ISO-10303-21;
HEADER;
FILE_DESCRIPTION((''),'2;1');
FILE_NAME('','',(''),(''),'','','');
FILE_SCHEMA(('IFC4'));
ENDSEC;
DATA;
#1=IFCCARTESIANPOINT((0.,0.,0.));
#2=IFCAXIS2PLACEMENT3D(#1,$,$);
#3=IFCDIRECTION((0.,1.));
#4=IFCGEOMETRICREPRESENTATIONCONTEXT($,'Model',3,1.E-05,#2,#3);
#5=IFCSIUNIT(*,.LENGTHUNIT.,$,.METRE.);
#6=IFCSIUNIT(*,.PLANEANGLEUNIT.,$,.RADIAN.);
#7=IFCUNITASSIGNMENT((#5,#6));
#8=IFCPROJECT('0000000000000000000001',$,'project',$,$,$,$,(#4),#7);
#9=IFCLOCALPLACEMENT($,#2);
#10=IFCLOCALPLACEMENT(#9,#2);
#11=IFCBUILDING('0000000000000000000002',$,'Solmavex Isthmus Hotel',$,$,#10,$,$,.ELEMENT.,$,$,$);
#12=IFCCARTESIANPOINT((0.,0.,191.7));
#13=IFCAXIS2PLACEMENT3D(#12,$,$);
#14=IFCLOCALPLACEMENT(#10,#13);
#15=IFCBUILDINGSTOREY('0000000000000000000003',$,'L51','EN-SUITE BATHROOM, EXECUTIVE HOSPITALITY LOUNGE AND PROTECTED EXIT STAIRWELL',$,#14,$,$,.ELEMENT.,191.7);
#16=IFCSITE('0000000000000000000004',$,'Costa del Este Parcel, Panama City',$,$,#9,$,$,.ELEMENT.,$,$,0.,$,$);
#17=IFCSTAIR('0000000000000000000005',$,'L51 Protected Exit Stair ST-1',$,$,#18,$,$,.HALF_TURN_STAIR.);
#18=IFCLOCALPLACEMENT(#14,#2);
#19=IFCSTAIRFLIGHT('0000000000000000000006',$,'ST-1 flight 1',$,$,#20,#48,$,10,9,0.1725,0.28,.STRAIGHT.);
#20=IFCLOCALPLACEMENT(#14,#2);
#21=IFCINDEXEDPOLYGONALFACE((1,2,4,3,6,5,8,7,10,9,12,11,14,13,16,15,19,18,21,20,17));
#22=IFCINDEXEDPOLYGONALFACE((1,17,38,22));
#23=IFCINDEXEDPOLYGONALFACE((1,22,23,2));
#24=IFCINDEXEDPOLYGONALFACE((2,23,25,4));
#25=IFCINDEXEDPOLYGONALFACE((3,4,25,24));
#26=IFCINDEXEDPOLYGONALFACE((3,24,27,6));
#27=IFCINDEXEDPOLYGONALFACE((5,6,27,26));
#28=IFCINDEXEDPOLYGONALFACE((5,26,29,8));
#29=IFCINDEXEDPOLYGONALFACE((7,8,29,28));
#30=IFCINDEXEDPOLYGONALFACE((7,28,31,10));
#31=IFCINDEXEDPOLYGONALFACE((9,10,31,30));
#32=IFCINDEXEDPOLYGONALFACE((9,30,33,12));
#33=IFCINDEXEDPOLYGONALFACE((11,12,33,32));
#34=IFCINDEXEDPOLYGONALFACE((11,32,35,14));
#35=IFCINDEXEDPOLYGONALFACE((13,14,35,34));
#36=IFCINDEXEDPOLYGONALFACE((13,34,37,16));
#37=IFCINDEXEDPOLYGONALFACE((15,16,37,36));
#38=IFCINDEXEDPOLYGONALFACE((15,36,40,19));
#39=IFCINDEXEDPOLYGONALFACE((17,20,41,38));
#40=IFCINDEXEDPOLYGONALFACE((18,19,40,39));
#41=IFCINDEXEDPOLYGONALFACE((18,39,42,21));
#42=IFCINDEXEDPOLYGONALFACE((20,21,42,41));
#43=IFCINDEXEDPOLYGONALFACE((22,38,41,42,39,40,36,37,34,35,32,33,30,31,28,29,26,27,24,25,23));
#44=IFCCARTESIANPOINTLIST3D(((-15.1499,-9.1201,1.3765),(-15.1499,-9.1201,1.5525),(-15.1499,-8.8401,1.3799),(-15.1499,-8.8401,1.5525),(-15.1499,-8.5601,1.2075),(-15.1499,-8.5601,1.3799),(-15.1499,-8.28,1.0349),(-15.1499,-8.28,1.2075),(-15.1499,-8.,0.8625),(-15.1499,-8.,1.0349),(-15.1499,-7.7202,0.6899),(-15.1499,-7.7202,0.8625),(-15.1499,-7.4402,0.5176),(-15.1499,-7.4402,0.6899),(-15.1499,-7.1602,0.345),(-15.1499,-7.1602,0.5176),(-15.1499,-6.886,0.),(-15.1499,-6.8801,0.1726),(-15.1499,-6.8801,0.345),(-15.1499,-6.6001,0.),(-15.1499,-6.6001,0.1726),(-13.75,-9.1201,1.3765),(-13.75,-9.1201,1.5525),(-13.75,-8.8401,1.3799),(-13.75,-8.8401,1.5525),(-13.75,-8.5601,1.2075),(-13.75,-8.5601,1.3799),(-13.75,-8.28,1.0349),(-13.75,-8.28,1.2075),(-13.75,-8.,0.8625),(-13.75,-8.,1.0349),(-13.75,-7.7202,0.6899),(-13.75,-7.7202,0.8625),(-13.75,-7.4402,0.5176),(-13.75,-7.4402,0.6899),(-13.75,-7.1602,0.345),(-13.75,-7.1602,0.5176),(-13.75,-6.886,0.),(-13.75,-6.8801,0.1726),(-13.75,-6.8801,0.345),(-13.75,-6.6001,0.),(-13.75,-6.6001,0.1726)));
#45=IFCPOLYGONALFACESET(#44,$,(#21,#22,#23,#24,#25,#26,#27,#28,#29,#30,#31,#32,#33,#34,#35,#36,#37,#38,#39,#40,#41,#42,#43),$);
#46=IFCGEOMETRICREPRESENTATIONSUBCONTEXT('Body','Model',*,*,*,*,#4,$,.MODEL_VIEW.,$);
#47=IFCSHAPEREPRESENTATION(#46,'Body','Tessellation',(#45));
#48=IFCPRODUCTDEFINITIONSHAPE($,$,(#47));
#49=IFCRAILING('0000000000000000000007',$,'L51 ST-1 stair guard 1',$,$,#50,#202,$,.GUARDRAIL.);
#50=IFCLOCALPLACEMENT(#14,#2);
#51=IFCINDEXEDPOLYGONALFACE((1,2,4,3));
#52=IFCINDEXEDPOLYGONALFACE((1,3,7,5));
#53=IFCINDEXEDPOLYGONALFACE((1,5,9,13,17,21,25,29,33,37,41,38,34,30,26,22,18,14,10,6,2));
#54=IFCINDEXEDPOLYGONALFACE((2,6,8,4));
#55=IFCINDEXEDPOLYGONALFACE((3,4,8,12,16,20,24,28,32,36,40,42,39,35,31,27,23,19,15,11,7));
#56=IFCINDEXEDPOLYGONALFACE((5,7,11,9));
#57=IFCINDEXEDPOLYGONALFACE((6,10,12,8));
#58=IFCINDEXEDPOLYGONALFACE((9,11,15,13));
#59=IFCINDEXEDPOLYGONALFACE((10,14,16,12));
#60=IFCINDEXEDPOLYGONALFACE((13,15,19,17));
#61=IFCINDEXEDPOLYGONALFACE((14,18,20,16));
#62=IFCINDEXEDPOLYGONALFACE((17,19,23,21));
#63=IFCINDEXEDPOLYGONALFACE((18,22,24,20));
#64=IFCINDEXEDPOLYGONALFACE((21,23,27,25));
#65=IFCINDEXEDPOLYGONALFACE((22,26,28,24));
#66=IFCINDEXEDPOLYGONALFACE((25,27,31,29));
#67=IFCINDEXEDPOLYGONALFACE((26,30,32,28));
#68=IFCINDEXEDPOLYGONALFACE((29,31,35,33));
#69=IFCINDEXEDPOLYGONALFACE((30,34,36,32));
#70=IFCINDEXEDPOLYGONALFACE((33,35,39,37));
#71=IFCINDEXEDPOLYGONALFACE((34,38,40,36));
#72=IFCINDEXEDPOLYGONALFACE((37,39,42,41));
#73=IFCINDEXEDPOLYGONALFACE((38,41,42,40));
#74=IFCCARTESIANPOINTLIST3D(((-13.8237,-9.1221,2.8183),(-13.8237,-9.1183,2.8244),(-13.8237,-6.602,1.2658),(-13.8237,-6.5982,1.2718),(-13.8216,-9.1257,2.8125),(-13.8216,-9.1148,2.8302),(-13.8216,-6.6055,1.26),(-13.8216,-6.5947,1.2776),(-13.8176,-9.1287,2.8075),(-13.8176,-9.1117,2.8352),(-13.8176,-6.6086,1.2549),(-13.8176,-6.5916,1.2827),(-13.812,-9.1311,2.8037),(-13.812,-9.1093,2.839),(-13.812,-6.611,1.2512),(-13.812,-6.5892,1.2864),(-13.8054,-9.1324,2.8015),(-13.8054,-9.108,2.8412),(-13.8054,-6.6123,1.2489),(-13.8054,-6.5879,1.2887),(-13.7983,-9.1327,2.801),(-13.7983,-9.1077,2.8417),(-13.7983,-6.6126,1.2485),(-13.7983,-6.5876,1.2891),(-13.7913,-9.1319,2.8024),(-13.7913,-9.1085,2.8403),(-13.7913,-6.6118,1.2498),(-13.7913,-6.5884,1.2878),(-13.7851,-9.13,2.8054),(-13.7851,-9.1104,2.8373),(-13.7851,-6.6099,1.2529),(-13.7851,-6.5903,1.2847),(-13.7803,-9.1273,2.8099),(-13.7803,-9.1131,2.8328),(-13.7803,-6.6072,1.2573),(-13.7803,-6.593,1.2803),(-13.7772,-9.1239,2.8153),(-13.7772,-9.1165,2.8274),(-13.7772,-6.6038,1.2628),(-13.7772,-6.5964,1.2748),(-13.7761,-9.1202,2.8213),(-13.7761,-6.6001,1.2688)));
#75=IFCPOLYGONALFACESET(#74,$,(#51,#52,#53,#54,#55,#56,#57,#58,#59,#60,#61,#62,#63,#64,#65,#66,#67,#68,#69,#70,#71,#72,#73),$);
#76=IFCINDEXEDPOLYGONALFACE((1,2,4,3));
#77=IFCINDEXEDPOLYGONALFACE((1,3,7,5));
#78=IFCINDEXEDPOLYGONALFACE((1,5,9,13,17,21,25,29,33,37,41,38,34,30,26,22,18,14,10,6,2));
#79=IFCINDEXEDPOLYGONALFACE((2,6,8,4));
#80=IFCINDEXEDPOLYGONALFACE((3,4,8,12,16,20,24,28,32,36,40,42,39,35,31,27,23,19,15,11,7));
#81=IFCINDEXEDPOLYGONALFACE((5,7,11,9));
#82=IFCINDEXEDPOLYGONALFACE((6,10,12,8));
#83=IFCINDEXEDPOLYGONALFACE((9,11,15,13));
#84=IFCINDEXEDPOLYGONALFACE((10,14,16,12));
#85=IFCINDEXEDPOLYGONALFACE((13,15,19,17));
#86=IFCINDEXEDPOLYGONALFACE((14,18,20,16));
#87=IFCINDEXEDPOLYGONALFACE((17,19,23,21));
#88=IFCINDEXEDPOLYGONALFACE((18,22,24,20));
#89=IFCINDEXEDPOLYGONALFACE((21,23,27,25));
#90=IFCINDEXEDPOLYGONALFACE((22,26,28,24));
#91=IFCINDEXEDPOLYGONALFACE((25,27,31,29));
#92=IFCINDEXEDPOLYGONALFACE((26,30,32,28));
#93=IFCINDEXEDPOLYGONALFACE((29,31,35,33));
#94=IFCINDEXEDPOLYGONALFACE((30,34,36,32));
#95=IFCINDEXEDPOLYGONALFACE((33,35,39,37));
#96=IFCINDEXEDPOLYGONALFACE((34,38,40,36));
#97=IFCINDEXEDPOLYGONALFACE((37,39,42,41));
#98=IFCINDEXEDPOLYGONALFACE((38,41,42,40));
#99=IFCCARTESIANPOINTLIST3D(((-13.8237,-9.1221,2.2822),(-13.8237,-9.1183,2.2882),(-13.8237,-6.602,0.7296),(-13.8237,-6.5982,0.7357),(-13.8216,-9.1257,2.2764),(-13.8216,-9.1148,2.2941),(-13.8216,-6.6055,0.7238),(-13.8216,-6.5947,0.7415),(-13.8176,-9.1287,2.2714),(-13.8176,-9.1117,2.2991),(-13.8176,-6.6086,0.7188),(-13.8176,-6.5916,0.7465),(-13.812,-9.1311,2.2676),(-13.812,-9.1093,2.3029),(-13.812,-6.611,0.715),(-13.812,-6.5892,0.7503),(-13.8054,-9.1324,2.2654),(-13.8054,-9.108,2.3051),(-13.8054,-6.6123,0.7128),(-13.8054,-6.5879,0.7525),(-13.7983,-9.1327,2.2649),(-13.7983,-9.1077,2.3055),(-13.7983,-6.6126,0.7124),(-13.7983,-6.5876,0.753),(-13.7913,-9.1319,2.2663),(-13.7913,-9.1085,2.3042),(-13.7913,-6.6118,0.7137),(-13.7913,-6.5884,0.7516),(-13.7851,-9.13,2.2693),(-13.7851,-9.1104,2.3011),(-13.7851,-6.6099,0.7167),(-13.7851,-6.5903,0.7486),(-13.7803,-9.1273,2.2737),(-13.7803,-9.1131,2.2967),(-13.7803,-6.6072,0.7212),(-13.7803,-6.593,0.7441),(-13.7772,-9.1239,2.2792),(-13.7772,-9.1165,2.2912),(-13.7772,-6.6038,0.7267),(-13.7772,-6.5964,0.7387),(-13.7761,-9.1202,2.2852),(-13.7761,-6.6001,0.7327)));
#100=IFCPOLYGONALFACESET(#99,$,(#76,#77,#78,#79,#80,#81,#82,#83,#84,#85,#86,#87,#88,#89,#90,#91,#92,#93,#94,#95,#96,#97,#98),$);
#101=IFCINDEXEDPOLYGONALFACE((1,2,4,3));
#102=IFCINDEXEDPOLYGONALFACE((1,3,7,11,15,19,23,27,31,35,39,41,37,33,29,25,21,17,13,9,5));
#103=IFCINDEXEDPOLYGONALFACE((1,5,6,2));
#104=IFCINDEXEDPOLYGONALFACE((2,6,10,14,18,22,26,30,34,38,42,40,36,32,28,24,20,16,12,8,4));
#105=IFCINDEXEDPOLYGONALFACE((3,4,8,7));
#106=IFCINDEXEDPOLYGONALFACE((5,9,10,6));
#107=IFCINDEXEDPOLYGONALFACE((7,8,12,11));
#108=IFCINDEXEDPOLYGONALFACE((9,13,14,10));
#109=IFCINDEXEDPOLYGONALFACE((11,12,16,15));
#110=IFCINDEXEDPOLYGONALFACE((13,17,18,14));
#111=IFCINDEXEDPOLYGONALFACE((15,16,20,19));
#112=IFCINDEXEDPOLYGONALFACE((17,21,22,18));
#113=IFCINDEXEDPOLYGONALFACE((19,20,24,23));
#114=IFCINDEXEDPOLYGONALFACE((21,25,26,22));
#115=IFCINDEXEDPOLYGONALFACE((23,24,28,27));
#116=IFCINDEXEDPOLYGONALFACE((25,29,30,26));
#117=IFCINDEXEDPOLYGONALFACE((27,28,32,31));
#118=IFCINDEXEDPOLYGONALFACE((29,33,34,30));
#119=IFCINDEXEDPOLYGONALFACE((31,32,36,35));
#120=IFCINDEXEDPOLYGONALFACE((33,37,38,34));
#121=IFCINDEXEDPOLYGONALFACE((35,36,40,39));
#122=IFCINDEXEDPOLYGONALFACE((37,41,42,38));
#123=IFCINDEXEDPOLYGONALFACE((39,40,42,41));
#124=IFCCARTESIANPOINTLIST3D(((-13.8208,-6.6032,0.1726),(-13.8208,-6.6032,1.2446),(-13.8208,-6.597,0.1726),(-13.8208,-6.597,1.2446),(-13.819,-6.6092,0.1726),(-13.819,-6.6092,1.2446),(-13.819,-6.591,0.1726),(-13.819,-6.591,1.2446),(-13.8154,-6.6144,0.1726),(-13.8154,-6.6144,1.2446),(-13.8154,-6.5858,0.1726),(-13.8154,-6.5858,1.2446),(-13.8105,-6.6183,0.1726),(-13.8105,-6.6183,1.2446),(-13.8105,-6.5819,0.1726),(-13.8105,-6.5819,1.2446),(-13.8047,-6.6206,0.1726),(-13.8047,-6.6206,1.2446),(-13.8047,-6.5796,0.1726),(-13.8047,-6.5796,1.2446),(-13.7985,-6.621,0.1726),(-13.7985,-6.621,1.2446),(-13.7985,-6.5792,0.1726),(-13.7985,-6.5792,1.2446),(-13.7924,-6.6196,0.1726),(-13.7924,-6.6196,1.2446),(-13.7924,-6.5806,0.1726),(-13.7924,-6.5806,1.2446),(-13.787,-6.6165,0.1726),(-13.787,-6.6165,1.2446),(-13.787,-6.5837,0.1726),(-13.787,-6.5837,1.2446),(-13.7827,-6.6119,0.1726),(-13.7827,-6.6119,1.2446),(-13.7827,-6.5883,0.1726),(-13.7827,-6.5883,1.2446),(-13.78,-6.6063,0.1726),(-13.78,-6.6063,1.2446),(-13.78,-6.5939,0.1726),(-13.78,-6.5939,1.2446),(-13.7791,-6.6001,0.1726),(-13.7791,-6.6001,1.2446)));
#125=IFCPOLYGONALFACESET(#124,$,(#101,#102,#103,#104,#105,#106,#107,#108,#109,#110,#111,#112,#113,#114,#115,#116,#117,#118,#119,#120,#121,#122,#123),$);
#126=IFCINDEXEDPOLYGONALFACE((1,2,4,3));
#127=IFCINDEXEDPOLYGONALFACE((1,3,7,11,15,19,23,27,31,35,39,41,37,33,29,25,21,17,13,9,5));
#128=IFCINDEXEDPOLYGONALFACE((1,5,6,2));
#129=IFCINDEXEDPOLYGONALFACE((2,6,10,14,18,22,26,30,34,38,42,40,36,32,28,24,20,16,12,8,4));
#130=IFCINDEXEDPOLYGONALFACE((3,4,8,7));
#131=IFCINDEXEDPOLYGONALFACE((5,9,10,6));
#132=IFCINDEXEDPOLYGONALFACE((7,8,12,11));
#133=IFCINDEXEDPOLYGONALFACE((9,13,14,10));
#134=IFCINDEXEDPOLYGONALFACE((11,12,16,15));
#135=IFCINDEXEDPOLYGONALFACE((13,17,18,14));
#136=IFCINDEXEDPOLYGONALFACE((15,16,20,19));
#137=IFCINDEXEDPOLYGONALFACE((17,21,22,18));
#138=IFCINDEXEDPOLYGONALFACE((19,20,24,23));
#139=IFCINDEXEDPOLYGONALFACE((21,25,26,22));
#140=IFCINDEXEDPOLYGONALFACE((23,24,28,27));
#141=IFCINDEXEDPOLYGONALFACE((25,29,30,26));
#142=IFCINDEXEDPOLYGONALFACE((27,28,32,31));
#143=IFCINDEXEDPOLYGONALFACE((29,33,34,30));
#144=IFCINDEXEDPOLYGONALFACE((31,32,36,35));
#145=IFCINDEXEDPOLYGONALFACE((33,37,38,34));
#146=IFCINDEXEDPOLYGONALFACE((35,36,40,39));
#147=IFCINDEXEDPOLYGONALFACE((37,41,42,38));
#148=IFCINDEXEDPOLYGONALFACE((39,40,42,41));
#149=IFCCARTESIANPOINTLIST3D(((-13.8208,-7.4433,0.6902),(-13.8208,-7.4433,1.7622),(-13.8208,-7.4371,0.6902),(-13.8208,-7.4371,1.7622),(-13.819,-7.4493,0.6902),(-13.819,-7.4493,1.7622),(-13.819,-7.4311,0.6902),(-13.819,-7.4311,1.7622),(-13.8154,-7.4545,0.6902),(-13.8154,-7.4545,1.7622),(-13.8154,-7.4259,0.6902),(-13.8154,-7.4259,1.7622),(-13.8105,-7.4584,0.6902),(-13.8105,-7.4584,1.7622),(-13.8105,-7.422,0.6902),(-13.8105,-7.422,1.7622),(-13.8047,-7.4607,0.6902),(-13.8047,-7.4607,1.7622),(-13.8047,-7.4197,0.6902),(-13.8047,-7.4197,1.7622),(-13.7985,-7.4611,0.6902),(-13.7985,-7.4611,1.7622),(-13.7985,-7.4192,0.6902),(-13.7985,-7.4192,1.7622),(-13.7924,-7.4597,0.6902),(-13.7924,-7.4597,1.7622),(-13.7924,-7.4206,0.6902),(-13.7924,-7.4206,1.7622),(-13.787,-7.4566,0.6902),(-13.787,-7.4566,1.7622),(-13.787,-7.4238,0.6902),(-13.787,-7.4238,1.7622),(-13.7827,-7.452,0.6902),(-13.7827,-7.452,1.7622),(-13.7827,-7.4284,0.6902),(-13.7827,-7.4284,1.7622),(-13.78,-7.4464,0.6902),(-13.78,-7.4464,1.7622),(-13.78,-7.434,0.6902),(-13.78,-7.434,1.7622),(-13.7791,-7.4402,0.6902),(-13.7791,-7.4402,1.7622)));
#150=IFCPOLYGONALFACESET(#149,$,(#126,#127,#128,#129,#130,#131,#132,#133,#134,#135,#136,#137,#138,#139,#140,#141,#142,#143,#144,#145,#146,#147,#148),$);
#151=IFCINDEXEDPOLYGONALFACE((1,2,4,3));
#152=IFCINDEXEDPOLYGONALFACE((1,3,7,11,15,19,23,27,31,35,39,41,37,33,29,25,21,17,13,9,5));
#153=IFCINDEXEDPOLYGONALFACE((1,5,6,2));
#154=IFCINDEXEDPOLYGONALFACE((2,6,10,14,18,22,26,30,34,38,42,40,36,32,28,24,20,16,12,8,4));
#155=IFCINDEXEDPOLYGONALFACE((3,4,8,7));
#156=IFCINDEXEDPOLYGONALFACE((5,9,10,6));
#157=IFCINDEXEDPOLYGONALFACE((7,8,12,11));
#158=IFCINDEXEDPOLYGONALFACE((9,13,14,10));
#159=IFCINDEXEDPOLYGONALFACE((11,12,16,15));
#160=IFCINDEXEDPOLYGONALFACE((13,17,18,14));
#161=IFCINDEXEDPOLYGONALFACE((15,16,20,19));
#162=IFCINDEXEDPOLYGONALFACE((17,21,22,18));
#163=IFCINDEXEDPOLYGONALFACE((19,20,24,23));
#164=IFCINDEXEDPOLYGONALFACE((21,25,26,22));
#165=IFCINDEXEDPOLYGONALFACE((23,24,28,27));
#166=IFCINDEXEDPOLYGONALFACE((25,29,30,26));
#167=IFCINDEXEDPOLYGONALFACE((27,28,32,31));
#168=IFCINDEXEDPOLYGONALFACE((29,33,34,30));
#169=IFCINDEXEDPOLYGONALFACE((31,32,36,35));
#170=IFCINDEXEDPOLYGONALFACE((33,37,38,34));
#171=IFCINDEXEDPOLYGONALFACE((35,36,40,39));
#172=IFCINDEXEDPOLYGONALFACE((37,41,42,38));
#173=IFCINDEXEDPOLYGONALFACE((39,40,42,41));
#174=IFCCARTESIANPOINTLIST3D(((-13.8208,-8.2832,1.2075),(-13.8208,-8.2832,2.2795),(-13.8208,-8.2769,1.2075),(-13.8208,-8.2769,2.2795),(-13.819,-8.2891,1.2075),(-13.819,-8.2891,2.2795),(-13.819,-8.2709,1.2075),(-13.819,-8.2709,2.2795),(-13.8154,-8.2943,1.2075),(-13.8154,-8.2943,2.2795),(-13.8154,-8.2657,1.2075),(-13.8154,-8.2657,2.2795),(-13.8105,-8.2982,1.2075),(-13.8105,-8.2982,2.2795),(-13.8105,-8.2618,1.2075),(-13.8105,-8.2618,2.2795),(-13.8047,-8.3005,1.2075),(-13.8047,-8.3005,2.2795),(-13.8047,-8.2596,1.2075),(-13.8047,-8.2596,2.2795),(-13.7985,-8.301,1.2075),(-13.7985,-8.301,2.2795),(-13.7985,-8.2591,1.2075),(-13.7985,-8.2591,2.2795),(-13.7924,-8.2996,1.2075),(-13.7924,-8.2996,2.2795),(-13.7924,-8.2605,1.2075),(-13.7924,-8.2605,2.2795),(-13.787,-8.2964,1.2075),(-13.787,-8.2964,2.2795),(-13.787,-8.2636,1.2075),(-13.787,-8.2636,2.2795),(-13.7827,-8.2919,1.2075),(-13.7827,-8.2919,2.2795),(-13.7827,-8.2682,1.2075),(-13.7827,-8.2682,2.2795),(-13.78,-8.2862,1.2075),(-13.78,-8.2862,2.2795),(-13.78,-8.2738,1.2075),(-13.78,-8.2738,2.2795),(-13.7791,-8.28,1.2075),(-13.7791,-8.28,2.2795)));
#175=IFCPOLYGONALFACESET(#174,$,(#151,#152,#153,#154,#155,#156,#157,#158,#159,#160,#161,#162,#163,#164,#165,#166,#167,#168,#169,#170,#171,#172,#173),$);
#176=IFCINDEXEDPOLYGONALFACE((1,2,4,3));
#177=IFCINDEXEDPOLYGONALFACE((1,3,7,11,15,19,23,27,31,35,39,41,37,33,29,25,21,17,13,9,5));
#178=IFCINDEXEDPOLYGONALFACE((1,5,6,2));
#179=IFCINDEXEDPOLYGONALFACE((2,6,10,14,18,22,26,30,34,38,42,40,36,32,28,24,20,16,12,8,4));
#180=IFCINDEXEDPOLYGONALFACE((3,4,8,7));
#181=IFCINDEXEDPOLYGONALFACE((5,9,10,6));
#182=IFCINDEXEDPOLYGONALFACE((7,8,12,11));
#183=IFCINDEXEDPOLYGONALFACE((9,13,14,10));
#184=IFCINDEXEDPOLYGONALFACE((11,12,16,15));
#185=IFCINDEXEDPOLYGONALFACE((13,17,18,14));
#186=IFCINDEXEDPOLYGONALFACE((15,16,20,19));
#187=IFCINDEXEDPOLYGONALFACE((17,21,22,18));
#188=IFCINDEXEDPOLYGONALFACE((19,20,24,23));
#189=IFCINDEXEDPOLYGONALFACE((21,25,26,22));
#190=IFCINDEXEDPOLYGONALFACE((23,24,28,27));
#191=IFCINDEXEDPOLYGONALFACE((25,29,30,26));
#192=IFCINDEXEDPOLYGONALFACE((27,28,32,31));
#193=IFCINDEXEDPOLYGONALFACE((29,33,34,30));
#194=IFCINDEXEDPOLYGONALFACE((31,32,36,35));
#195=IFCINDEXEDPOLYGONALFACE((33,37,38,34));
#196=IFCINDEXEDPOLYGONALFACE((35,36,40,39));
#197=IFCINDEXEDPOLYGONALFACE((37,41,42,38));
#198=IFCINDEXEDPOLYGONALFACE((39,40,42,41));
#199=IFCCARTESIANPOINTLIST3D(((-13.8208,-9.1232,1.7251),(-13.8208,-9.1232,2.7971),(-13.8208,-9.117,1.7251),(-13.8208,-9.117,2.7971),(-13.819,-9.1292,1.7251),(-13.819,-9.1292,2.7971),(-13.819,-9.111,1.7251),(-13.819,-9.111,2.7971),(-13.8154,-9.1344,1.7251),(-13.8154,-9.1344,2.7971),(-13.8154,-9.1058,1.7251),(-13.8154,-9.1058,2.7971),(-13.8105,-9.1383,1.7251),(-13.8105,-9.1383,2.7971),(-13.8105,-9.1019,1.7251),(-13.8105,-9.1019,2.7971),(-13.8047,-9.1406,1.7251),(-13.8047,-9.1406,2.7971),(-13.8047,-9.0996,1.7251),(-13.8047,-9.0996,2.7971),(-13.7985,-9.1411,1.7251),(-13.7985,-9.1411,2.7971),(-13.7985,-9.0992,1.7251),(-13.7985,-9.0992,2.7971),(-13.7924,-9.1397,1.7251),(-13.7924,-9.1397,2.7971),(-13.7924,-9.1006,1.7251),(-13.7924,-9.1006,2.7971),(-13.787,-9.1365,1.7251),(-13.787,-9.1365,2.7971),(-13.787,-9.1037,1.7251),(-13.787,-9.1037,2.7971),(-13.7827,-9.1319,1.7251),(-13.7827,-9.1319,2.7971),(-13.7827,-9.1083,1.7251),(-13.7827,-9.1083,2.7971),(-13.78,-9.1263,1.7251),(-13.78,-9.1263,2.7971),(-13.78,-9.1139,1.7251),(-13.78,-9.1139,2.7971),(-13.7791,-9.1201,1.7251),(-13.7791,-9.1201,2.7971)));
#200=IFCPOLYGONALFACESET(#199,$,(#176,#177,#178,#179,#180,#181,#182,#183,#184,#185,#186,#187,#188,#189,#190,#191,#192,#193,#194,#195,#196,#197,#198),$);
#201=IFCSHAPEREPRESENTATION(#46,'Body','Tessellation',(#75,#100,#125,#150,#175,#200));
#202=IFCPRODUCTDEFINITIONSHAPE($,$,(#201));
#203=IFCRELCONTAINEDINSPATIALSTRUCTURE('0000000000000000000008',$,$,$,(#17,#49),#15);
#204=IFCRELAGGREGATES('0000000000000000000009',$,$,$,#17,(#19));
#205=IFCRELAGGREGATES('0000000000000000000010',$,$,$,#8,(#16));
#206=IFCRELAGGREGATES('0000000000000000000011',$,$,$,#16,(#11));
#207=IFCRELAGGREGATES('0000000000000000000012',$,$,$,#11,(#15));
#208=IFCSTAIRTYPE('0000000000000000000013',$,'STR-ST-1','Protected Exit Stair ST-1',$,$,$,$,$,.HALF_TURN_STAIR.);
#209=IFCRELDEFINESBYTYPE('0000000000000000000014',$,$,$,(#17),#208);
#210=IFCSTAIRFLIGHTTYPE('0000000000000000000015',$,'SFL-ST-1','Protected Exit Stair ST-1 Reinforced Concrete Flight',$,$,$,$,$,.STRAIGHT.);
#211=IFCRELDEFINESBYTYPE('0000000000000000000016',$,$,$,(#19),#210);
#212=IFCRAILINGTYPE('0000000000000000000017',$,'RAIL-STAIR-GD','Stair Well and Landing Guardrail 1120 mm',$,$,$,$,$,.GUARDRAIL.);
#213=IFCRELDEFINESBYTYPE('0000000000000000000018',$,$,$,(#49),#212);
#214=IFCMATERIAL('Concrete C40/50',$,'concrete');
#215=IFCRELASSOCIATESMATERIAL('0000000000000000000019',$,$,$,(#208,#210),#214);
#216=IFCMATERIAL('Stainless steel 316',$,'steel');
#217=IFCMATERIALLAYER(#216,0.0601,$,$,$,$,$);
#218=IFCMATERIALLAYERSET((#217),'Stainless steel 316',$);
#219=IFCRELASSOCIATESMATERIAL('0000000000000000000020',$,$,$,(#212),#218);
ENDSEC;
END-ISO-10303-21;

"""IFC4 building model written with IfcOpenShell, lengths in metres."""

from ifc_helpers import new_model, si_unit, direction, frame, origin, origin_2d, place, context, subcontext, project, spatial, polyline, circle, outline, extrude, material, layer, layer_set, type_object, element, aggregate, save


model = new_model("IFC4")

# Units and contexts
model_context = context("Model", 3, precision=1e-05, world=origin(), true_north=direction((0.0, 1.0)))
body_context = subcontext(model_context, "Body", "Model", "MODEL_VIEW")
ifc_project = project(units=[si_unit("LENGTHUNIT", "METRE"), si_unit("PLANEANGLEUNIT", "RADIAN")], contexts=[model_context])

# Site, building, storey
site_placement = place(None, origin())
site = spatial("IfcSite", under=ifc_project, at=site_placement, Name="Costa del Este Parcel, Panama City", CompositionType="ELEMENT", RefElevation=0.0)
building_placement = place(site_placement, origin())
building = spatial("IfcBuilding", under=site, at=building_placement, Name="Solmavex Isthmus Hotel", CompositionType="ELEMENT")
storey_placement = place(building_placement, frame((0.0, 0.0, 191.7)))
storey = spatial("IfcBuildingStorey", under=building, at=storey_placement, Name="L51", Description="EN-SUITE BATHROOM, EXECUTIVE HOSPITALITY LOUNGE AND PROTECTED EXIT STAIRWELL", CompositionType="ELEMENT", Elevation=191.7)

# Shared definitions
ifc_material_1 = material(Name="Concrete C40/50", Category="concrete")

# Stair, stair flight
stair_type = type_object("IfcStairType", Name="STR-ST-1", Description="Protected Exit Stair ST-1", PredefinedType="HALF_TURN_STAIR", material=ifc_material_1)
stair_placement = place(storey_placement, origin())
stair = element("IfcStair", 1, at=stair_placement, inside=storey, type_object=stair_type, Name="L51 Protected Exit Stair ST-1", PredefinedType="HALF_TURN_STAIR")
stair_flight_type = type_object("IfcStairFlightType", Name="SFL-ST-1", Description="Protected Exit Stair ST-1 Reinforced Concrete Flight", PredefinedType="STRAIGHT", material=ifc_material_1)
stair_flight_placement = place(storey_placement, frame((-14.45, -6.6001, 0.0), z_axis=(0.0, 0.0, 1.0), x_axis=(0.0, -1.0, 0.0)))
stair_flight = element("IfcStairFlight", 2, at=stair_flight_placement, type_object=stair_flight_type, Name="ST-1 flight 1", NumberOfRisers=10, NumberOfTreads=9, PredefinedType="STRAIGHT", RiserHeight=0.1725, TreadLength=0.28, context=body_context, shape_type="SweptSolid", body=[
    extrude(outline(polyline([(0.0, 0.0), (0.0, 0.1726), (0.28, 0.1726), (0.28, 0.345), (0.5601, 0.345), (0.5601, 0.5176), (0.8401, 0.5176), (0.8401, 0.6899), (1.1201, 0.6899), (1.1201, 0.8625), (1.3999, 0.8625), (1.3999, 1.0349), (1.6799, 1.0349), (1.6799, 1.2075), (1.96, 1.2075), (1.96, 1.3799), (2.24, 1.3799), (2.24, 1.5525), (2.52, 1.5525), (2.52, 1.7251), (2.52, 1.3765), (0.2859, 0.0), (0.0, 0.0)])), frame((0.0, 0.7, 0.0), z_axis=(0.0, -1.0, 0.0), x_axis=(1.0, 0.0, 0.0)), (0.0, 0.0, 1.0), 1.3999),
])
aggregate(stair, [stair_flight])

# Railing
ifc_material_2 = material(Name="Stainless steel 316", Category="steel")
ifc_layer_1 = layer(ifc_material_2, 0.0601)
ifc_layer_set_1 = layer_set([ifc_layer_1], Name="Stainless steel 316")
railing_type_1 = type_object("IfcRailingType", Name="RAIL-STAIR-GD", Description="Stair Well and Landing Guardrail 1120 mm", PredefinedType="GUARDRAIL", material=ifc_layer_set_1)
railing_1_placement = place(storey_placement, frame((-13.8, -6.6001, 0.1726)))
element("IfcRailing", 3, at=railing_1_placement, inside=storey, type_object=railing_type_1, Name="L51 ST-1 stair guard 1", PredefinedType="GUARDRAIL", context=body_context, shape_type="SweptSolid", body=[
    extrude(circle(Radius=0.0239, at=origin_2d()), frame((0.0, 0.0, 1.0962), z_axis=(0.0, -0.8514, 0.524516), x_axis=(1.0, 0.0, 0.0)), (0.0, 0.0, 1.0), 2.96),
    extrude(circle(Radius=0.0239, at=origin_2d()), frame((0.0, 0.0, 0.5601), z_axis=(0.0, -0.8514, 0.524516), x_axis=(1.0, 0.0, 0.0)), (0.0, 0.0, 1.0), 2.96),
    extrude(circle(Radius=0.021, at=origin_2d()), origin(), (0.0, 0.0, 1.0), 1.072),
    extrude(circle(Radius=0.021, at=origin_2d()), frame((0.0, -0.8401, 0.5176)), (0.0, 0.0, 1.0), 1.072),
    extrude(circle(Radius=0.021, at=origin_2d()), frame((0.0, -1.6799, 1.0349)), (0.0, 0.0, 1.0), 1.072),
    extrude(circle(Radius=0.021, at=origin_2d()), frame((0.0, -2.52, 1.5525)), (0.0, 0.0, 1.0), 1.072),
])

save(model, "model.ifc")
